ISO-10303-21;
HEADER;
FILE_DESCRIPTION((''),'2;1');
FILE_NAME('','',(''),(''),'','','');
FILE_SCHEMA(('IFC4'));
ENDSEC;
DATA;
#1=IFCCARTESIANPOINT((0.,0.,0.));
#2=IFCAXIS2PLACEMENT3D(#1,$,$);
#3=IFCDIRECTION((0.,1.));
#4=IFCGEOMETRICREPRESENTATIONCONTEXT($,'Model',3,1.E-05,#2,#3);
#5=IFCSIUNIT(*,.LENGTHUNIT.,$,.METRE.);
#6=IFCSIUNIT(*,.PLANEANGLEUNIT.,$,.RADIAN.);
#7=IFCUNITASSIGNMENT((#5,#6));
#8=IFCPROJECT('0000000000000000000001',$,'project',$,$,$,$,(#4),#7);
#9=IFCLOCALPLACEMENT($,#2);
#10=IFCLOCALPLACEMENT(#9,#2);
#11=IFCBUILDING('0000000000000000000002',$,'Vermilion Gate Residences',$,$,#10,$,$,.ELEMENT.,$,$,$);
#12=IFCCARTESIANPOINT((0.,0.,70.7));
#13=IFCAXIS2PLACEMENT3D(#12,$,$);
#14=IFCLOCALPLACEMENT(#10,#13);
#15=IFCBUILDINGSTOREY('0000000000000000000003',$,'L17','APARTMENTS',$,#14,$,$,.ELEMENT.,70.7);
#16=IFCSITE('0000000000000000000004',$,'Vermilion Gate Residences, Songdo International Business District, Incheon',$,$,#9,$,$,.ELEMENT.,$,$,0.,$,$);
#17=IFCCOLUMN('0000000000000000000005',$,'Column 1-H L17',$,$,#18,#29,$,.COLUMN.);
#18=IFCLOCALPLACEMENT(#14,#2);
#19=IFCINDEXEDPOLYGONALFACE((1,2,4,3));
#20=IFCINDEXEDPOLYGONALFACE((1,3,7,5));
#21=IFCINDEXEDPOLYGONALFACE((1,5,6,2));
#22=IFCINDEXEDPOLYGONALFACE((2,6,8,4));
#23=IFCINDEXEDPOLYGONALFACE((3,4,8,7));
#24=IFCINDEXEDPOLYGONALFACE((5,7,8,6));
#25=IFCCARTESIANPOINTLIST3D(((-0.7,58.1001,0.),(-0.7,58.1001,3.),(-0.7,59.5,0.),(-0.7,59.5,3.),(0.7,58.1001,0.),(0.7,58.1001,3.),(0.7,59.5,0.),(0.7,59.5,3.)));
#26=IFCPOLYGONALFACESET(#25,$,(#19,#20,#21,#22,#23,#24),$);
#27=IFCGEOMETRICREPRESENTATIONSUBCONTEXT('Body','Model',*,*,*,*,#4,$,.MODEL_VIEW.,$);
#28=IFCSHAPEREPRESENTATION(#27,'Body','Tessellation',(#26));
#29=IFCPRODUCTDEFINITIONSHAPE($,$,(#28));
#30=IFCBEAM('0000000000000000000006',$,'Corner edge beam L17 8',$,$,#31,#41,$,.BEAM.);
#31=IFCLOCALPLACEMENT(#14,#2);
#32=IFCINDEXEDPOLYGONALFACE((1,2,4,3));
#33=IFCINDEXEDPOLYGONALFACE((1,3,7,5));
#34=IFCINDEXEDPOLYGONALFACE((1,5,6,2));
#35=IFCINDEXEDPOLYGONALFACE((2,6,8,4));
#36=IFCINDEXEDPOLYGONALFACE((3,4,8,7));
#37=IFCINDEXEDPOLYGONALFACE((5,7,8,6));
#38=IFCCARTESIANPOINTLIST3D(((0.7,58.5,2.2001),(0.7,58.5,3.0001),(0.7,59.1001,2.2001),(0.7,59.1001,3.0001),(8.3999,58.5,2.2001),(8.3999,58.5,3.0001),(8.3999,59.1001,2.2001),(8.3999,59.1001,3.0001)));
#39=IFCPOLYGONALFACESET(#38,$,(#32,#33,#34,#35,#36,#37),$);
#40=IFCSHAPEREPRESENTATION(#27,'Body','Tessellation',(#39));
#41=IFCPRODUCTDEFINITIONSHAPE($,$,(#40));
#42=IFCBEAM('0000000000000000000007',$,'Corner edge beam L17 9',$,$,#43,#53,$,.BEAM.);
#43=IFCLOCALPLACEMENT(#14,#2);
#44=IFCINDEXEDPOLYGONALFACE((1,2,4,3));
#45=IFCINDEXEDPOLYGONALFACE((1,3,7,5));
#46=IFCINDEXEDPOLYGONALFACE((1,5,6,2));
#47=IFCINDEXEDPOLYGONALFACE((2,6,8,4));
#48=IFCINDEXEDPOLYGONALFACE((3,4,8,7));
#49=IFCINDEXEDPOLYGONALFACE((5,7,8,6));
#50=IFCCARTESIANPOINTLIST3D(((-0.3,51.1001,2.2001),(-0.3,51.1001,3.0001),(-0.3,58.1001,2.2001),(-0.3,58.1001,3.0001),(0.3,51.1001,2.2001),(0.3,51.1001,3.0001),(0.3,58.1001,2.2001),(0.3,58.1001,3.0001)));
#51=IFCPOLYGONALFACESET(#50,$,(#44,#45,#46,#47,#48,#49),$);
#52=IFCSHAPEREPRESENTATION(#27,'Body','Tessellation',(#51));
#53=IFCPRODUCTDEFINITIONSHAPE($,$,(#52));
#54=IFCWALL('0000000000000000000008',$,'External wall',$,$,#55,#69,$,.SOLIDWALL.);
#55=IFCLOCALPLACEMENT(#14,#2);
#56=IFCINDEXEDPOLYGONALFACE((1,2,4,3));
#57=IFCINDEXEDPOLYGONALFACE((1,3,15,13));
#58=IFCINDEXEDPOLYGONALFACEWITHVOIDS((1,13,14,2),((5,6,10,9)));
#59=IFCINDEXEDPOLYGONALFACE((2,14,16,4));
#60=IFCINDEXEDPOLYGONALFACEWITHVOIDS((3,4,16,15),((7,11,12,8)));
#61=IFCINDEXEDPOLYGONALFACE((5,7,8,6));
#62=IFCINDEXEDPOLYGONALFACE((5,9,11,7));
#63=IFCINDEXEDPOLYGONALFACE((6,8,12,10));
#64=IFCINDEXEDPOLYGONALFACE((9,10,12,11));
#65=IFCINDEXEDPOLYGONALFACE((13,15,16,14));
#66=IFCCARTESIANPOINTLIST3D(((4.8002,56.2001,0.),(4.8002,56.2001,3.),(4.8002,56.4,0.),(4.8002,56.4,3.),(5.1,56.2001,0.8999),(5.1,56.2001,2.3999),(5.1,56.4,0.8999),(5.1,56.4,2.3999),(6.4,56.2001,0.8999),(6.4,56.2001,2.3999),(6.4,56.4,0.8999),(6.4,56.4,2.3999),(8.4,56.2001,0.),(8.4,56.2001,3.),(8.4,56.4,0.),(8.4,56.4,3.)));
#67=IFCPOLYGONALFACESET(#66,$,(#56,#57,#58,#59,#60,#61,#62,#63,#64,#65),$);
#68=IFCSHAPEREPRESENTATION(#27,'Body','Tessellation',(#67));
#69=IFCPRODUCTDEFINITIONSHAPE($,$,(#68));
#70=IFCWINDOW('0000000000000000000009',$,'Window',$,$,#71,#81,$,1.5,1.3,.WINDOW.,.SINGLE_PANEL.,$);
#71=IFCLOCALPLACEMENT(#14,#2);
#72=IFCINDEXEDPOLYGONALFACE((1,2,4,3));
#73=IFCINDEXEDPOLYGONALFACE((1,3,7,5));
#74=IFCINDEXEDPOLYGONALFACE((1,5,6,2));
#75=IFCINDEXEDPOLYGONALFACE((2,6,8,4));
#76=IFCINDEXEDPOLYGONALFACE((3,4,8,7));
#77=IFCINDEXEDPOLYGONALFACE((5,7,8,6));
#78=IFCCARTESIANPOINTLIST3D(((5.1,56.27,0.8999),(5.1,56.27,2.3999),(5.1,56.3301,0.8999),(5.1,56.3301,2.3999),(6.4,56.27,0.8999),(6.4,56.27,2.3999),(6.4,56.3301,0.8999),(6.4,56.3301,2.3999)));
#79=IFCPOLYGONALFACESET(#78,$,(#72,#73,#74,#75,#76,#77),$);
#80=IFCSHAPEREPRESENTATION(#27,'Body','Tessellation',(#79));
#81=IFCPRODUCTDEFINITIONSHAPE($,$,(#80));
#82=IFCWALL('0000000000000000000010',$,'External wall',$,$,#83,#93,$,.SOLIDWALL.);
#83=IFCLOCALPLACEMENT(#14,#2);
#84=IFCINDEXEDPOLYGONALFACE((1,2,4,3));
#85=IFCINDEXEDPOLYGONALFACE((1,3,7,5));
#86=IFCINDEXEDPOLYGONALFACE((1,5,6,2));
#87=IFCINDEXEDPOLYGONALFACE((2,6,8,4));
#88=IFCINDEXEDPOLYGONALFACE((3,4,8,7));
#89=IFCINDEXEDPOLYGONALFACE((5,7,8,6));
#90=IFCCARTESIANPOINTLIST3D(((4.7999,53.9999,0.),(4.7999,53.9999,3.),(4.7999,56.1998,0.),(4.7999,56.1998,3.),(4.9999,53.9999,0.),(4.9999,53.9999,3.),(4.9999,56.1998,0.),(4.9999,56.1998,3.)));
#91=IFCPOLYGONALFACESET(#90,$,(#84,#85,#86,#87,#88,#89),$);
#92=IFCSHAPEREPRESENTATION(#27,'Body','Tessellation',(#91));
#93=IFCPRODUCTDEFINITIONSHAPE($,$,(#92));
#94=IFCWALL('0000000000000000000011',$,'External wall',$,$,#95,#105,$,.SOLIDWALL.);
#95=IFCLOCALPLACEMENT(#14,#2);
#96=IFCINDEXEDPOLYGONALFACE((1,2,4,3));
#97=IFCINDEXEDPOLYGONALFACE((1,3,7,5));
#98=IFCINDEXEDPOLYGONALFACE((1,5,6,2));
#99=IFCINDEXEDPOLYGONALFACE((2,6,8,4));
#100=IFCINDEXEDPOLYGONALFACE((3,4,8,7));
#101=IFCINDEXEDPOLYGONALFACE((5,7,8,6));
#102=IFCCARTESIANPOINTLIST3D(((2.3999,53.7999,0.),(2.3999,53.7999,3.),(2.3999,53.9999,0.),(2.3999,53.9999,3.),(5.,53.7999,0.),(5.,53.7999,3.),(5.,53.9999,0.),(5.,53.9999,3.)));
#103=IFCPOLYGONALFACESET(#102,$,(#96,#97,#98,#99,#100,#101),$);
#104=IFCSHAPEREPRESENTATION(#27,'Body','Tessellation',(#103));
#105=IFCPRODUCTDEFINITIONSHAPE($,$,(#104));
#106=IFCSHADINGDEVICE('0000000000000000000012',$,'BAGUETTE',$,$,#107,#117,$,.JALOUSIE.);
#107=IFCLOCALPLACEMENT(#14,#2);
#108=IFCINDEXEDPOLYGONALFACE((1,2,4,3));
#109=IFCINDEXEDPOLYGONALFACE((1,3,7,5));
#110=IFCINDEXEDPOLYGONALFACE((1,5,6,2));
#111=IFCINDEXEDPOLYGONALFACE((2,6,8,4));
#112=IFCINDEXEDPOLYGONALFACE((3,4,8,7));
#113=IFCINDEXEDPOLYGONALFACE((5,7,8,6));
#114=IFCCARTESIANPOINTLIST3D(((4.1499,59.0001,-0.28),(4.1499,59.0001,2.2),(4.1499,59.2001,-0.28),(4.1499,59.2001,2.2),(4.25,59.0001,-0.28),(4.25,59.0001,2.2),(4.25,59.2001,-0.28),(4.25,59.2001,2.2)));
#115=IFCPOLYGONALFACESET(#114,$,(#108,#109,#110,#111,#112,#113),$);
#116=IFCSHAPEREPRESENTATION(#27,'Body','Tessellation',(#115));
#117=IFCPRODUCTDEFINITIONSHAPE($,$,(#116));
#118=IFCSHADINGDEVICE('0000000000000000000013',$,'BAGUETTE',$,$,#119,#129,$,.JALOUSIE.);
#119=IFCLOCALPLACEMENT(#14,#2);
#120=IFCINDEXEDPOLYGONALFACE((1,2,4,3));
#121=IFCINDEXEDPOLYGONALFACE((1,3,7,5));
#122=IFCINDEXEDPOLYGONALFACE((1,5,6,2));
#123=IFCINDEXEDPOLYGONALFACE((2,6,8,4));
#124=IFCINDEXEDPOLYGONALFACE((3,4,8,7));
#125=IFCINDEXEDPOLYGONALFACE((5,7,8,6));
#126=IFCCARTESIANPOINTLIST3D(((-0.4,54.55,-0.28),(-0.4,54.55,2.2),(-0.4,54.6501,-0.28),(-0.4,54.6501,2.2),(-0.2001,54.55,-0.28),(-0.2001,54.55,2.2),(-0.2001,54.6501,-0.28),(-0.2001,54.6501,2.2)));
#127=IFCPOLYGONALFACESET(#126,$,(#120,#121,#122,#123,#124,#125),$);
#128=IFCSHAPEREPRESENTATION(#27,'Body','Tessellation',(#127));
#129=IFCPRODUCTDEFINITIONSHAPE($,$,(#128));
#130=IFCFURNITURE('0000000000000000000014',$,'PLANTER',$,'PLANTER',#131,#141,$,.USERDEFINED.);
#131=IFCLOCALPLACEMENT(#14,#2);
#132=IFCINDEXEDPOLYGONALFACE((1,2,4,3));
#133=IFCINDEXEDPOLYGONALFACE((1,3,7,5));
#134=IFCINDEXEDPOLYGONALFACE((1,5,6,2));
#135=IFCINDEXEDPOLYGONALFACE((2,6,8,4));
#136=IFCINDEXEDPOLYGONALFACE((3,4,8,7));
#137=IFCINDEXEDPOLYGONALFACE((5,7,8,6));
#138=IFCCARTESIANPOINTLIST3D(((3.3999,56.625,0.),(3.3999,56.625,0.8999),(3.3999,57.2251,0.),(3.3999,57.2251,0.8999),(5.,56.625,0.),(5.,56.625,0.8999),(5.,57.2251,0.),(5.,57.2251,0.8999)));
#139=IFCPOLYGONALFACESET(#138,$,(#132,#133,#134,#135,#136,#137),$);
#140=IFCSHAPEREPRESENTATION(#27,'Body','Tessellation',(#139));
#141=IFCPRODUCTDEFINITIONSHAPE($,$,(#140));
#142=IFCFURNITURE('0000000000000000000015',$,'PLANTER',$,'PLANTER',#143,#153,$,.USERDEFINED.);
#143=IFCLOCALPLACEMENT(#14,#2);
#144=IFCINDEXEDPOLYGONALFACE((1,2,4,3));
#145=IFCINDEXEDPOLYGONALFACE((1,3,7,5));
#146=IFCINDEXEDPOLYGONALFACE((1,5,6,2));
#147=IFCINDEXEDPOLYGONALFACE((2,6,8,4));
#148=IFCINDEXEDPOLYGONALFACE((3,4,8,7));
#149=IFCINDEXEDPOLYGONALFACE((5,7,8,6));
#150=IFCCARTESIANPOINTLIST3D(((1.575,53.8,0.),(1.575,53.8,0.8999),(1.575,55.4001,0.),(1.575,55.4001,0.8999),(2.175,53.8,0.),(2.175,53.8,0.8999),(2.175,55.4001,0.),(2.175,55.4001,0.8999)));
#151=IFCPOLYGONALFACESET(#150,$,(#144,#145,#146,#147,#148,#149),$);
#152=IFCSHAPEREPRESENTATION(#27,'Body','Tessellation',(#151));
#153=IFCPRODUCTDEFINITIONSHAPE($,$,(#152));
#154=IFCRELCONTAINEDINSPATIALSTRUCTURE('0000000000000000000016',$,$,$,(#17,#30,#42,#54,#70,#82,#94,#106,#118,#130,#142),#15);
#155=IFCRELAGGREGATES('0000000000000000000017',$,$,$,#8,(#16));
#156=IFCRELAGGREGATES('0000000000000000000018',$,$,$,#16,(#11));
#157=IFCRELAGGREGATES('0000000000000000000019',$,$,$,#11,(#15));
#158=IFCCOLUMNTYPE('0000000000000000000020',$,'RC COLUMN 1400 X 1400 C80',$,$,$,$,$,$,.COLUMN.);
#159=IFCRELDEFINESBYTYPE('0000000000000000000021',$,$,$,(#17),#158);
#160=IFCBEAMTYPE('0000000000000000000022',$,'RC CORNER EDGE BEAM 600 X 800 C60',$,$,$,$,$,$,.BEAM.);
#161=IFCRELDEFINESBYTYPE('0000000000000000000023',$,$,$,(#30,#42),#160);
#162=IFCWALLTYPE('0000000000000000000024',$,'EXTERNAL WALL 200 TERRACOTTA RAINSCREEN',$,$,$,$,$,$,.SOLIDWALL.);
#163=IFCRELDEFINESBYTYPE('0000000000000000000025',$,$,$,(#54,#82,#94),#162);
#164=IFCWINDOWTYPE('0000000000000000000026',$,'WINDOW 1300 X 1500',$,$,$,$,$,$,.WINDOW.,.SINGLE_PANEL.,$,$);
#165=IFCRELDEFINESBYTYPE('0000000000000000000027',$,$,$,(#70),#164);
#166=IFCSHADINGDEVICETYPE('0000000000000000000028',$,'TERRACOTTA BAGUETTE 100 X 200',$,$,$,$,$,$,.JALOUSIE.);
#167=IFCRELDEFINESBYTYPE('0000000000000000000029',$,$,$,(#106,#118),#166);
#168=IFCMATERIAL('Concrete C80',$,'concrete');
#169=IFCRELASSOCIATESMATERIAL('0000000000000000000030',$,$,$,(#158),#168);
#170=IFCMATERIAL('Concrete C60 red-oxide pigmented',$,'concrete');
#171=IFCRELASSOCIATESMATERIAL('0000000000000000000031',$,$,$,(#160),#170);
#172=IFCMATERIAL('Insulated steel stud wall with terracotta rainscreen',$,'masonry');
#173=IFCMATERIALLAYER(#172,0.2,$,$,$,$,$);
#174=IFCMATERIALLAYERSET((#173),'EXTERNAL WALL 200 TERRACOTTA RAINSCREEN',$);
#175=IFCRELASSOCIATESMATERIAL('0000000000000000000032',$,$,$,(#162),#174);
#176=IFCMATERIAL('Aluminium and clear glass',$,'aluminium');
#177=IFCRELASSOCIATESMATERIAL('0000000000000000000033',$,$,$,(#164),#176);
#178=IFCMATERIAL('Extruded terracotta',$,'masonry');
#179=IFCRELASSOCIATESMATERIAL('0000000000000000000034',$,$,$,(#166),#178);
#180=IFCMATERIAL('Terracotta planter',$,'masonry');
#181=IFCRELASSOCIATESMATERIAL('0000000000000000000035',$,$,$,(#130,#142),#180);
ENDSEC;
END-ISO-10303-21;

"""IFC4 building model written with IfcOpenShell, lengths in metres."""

from ifc_helpers import new_model, si_unit, direction, frame, frame_2d, origin, origin_2d, place, context, subcontext, project, spatial, rectangle, extrude, material, layer, layer_set, material_profile, profile_set, type_object, element, fill, save


model = new_model("IFC4")

# Units and contexts
model_context = context("Model", 3, precision=1e-05, world=origin(), true_north=direction((0.0, 1.0)))
body_context = subcontext(model_context, "Body", "Model", "MODEL_VIEW")
ifc_project = project(units=[si_unit("LENGTHUNIT", "METRE"), si_unit("PLANEANGLEUNIT", "RADIAN")], contexts=[model_context])

# Site, building, storey
site_placement = place(None, origin())
site = spatial("IfcSite", under=ifc_project, at=site_placement, Name="Vermilion Gate Residences, Songdo International Business District, Incheon", CompositionType="ELEMENT", RefElevation=0.0)
building_placement = place(site_placement, origin())
building = spatial("IfcBuilding", under=site, at=building_placement, Name="Vermilion Gate Residences", CompositionType="ELEMENT")
storey_placement = place(building_placement, frame((0.0, 0.0, 70.7)))
storey = spatial("IfcBuildingStorey", under=building, at=storey_placement, Name="L17", Description="APARTMENTS", CompositionType="ELEMENT", Elevation=70.7)

# Column
ifc_material_1 = material(Name="Concrete C80", Category="concrete")
ifc_material_profile_1 = material_profile(ifc_material_1, rectangle(XDim=1.3999, YDim=1.3999, at=origin_2d()), Name="RC-1400x1400")
ifc_profile_set_1 = profile_set([ifc_material_profile_1], Name="Concrete C80")
column_type = type_object("IfcColumnType", Name="RC COLUMN 1400 X 1400 C80", PredefinedType="COLUMN", material=ifc_profile_set_1)
column_placement = place(storey_placement, frame((0.0, 58.8, 0.0), z_axis=(0.0, 0.0, 1.0), x_axis=(1.0, 0.0, 0.0)))
element("IfcColumn", 1, at=column_placement, inside=storey, type_object=column_type, Name="Column 1-H L17", PredefinedType="COLUMN", context=body_context, shape_type="SweptSolid", body=[
    extrude(rectangle(XDim=1.3999, YDim=1.3999, at=origin_2d()), origin(), (0.0, 0.0, 1.0), 3.0),
])

# Beams
ifc_material_2 = material(Name="Concrete C60 red-oxide pigmented", Category="concrete")
ifc_material_profile_2 = material_profile(ifc_material_2, rectangle(XDim=0.6001, YDim=0.8, at=origin_2d()), Name="RC-600x800")
ifc_profile_set_2 = profile_set([ifc_material_profile_2], Name="Concrete C60 red-oxide pigmented")
beam_type = type_object("IfcBeamType", Name="RC CORNER EDGE BEAM 600 X 800 C60", PredefinedType="BEAM", material=ifc_profile_set_2)
beam_1_placement = place(storey_placement, frame((0.7, 58.8, 2.6001), z_axis=(1.0, 0.0, 0.0), x_axis=(0.0, 1.0, 0.0)))
element("IfcBeam", 2, at=beam_1_placement, inside=storey, type_object=beam_type, Name="Corner edge beam L17 8", PredefinedType="BEAM", context=body_context, shape_type="SweptSolid", body=[
    extrude(rectangle(XDim=0.6001, YDim=0.8, at=origin_2d()), origin(), (0.0, 0.0, 1.0), 7.7),
])
beam_2_placement = place(storey_placement, frame((0.0, 51.1001, 2.6001), z_axis=(0.0, 1.0, 0.0), x_axis=(-1.0, 0.0, 0.0)))
element("IfcBeam", 3, at=beam_2_placement, inside=storey, type_object=beam_type, Name="Corner edge beam L17 9", PredefinedType="BEAM", context=body_context, shape_type="SweptSolid", body=[
    extrude(rectangle(XDim=0.6001, YDim=0.8, at=origin_2d()), origin(), (0.0, 0.0, 1.0), 7.0),
])

# Wall, opening, window
ifc_material_3 = material(Name="Insulated steel stud wall with terracotta rainscreen", Category="masonry")
ifc_layer = layer(ifc_material_3, 0.2)
ifc_layer_set = layer_set([ifc_layer], Name="EXTERNAL WALL 200 TERRACOTTA RAINSCREEN")
wall_type = type_object("IfcWallType", Name="EXTERNAL WALL 200 TERRACOTTA RAINSCREEN", PredefinedType="SOLIDWALL", material=ifc_layer_set)
wall_1_placement = place(storey_placement, frame((8.3999, 56.3, 0.0), z_axis=(0.0, 0.0, 1.0), x_axis=(-1.0, 0.0, 0.0)))
wall_1 = element("IfcWall", 4, at=wall_1_placement, inside=storey, type_object=wall_type, Name="External wall", PredefinedType="SOLIDWALL", context=body_context, shape_type="SweptSolid", body=[
    extrude(rectangle(XDim=3.5999, YDim=0.2, at=frame_2d((1.7998, 0.0))), origin(), (0.0, 0.0, 1.0), 3.0),
])
opening_1_placement = place(wall_1_placement, frame((2.0, 0.0, 0.8999)))
opening_1 = element("IfcOpeningElement", 5, at=opening_1_placement, cuts=wall_1, PredefinedType="OPENING", context=body_context, shape_type="SweptSolid", body=[
    extrude(rectangle(XDim=1.3, YDim=1.5, at=frame_2d((0.6499, 0.75))), frame((0.0, 0.1099, 0.0), z_axis=(0.0, -1.0, 0.0), x_axis=(1.0, 0.0, 0.0)), (0.0, 0.0, 1.0), 0.22),
])
ifc_material_4 = material(Name="Aluminium and clear glass", Category="aluminium")
window_type_1 = type_object("IfcWindowType", Name="WINDOW 1300 X 1500", PartitioningType="SINGLE_PANEL", PredefinedType="WINDOW", material=ifc_material_4)
window_1_placement = place(opening_1_placement, origin())
window_1 = element("IfcWindow", 6, at=window_1_placement, inside=storey, type_object=window_type_1, Name="Window", OverallHeight=1.5, OverallWidth=1.3, PartitioningType="SINGLE_PANEL", PredefinedType="WINDOW", context=body_context, shape_type="SweptSolid", body=[
    extrude(rectangle(XDim=1.3, YDim=1.5, at=frame_2d((0.6499, 0.75))), frame((0.0, 0.03, 0.0), z_axis=(0.0, -1.0, 0.0), x_axis=(1.0, 0.0, 0.0)), (0.0, 0.0, 1.0), 0.0601),
])
fill(opening_1, window_1)

# Walls
wall_2_placement = place(storey_placement, frame((4.8999, 56.2, 0.0), z_axis=(0.0, 0.0, 1.0), x_axis=(0.0, -1.0, 0.0)))
element("IfcWall", 7, at=wall_2_placement, inside=storey, type_object=wall_type, Name="External wall", PredefinedType="SOLIDWALL", context=body_context, shape_type="SweptSolid", body=[
    extrude(rectangle(XDim=2.2, YDim=0.2, at=frame_2d((1.1001, 0.0))), origin(), (0.0, 0.0, 1.0), 3.0),
])
wall_3_placement = place(storey_placement, frame((5.0, 53.8999, 0.0), z_axis=(0.0, 0.0, 1.0), x_axis=(-1.0, 0.0, 0.0)))
element("IfcWall", 8, at=wall_3_placement, inside=storey, type_object=wall_type, Name="External wall", PredefinedType="SOLIDWALL", context=body_context, shape_type="SweptSolid", body=[
    extrude(rectangle(XDim=2.6001, YDim=0.2, at=frame_2d((1.3, 0.0))), origin(), (0.0, 0.0, 1.0), 3.0),
])

# Shading devices
ifc_material_5 = material(Name="Extruded terracotta", Category="masonry")
ifc_material_profile_3 = material_profile(ifc_material_5, rectangle(XDim=0.2, YDim=0.1001, at=origin_2d()), Name="BAGUETTE 100 X 200")
ifc_profile_set_3 = profile_set([ifc_material_profile_3], Name="Extruded terracotta")
shading_device_type = type_object("IfcShadingDeviceType", Name="TERRACOTTA BAGUETTE 100 X 200", PredefinedType="JALOUSIE", material=ifc_profile_set_3)
for number, where, z_axis, x_axis, name in (
    (9, (4.2, 59.1001, -0.28), (0.0, 0.0, 1.0), (0.0, -1.0, 0.0), "BAGUETTE"),
    (10, (-0.3, 54.6001, -0.28), (0.0, 0.0, 1.0), (1.0, 0.0, 0.0), "BAGUETTE"),
):
    element("IfcShadingDevice", number, at=place(storey_placement, frame(where, z_axis=z_axis, x_axis=x_axis)), inside=storey, type_object=shading_device_type, Name=name, PredefinedType="JALOUSIE", context=body_context, shape_type="SweptSolid", body=[
        extrude(rectangle(XDim=0.2, YDim=0.1001, at=origin_2d()), origin(), (0.0, 0.0, 1.0), 2.48),
    ])

# Furniture
ifc_material_6 = material(Name="Terracotta planter", Category="masonry")
for number, where, z_axis, x_axis, name in (
    (11, (4.2, 56.925, 0.0), (0.0, 0.0, 1.0), (-1.0, 0.0, 0.0), "PLANTER"),
    (12, (1.875, 54.6001, 0.0), (0.0, 0.0, 1.0), (0.0, -1.0, 0.0), "PLANTER"),
):
    element("IfcFurniture", number, at=place(storey_placement, frame(where, z_axis=z_axis, x_axis=x_axis)), inside=storey, material=ifc_material_6, Name=name, ObjectType="PLANTER", PredefinedType="USERDEFINED", context=body_context, shape_type="SweptSolid", body=[
        extrude(rectangle(XDim=1.6001, YDim=0.6001, at=origin_2d()), origin(), (0.0, 0.0, 1.0), 0.8999),
    ])

save(model, "model.ifc")
